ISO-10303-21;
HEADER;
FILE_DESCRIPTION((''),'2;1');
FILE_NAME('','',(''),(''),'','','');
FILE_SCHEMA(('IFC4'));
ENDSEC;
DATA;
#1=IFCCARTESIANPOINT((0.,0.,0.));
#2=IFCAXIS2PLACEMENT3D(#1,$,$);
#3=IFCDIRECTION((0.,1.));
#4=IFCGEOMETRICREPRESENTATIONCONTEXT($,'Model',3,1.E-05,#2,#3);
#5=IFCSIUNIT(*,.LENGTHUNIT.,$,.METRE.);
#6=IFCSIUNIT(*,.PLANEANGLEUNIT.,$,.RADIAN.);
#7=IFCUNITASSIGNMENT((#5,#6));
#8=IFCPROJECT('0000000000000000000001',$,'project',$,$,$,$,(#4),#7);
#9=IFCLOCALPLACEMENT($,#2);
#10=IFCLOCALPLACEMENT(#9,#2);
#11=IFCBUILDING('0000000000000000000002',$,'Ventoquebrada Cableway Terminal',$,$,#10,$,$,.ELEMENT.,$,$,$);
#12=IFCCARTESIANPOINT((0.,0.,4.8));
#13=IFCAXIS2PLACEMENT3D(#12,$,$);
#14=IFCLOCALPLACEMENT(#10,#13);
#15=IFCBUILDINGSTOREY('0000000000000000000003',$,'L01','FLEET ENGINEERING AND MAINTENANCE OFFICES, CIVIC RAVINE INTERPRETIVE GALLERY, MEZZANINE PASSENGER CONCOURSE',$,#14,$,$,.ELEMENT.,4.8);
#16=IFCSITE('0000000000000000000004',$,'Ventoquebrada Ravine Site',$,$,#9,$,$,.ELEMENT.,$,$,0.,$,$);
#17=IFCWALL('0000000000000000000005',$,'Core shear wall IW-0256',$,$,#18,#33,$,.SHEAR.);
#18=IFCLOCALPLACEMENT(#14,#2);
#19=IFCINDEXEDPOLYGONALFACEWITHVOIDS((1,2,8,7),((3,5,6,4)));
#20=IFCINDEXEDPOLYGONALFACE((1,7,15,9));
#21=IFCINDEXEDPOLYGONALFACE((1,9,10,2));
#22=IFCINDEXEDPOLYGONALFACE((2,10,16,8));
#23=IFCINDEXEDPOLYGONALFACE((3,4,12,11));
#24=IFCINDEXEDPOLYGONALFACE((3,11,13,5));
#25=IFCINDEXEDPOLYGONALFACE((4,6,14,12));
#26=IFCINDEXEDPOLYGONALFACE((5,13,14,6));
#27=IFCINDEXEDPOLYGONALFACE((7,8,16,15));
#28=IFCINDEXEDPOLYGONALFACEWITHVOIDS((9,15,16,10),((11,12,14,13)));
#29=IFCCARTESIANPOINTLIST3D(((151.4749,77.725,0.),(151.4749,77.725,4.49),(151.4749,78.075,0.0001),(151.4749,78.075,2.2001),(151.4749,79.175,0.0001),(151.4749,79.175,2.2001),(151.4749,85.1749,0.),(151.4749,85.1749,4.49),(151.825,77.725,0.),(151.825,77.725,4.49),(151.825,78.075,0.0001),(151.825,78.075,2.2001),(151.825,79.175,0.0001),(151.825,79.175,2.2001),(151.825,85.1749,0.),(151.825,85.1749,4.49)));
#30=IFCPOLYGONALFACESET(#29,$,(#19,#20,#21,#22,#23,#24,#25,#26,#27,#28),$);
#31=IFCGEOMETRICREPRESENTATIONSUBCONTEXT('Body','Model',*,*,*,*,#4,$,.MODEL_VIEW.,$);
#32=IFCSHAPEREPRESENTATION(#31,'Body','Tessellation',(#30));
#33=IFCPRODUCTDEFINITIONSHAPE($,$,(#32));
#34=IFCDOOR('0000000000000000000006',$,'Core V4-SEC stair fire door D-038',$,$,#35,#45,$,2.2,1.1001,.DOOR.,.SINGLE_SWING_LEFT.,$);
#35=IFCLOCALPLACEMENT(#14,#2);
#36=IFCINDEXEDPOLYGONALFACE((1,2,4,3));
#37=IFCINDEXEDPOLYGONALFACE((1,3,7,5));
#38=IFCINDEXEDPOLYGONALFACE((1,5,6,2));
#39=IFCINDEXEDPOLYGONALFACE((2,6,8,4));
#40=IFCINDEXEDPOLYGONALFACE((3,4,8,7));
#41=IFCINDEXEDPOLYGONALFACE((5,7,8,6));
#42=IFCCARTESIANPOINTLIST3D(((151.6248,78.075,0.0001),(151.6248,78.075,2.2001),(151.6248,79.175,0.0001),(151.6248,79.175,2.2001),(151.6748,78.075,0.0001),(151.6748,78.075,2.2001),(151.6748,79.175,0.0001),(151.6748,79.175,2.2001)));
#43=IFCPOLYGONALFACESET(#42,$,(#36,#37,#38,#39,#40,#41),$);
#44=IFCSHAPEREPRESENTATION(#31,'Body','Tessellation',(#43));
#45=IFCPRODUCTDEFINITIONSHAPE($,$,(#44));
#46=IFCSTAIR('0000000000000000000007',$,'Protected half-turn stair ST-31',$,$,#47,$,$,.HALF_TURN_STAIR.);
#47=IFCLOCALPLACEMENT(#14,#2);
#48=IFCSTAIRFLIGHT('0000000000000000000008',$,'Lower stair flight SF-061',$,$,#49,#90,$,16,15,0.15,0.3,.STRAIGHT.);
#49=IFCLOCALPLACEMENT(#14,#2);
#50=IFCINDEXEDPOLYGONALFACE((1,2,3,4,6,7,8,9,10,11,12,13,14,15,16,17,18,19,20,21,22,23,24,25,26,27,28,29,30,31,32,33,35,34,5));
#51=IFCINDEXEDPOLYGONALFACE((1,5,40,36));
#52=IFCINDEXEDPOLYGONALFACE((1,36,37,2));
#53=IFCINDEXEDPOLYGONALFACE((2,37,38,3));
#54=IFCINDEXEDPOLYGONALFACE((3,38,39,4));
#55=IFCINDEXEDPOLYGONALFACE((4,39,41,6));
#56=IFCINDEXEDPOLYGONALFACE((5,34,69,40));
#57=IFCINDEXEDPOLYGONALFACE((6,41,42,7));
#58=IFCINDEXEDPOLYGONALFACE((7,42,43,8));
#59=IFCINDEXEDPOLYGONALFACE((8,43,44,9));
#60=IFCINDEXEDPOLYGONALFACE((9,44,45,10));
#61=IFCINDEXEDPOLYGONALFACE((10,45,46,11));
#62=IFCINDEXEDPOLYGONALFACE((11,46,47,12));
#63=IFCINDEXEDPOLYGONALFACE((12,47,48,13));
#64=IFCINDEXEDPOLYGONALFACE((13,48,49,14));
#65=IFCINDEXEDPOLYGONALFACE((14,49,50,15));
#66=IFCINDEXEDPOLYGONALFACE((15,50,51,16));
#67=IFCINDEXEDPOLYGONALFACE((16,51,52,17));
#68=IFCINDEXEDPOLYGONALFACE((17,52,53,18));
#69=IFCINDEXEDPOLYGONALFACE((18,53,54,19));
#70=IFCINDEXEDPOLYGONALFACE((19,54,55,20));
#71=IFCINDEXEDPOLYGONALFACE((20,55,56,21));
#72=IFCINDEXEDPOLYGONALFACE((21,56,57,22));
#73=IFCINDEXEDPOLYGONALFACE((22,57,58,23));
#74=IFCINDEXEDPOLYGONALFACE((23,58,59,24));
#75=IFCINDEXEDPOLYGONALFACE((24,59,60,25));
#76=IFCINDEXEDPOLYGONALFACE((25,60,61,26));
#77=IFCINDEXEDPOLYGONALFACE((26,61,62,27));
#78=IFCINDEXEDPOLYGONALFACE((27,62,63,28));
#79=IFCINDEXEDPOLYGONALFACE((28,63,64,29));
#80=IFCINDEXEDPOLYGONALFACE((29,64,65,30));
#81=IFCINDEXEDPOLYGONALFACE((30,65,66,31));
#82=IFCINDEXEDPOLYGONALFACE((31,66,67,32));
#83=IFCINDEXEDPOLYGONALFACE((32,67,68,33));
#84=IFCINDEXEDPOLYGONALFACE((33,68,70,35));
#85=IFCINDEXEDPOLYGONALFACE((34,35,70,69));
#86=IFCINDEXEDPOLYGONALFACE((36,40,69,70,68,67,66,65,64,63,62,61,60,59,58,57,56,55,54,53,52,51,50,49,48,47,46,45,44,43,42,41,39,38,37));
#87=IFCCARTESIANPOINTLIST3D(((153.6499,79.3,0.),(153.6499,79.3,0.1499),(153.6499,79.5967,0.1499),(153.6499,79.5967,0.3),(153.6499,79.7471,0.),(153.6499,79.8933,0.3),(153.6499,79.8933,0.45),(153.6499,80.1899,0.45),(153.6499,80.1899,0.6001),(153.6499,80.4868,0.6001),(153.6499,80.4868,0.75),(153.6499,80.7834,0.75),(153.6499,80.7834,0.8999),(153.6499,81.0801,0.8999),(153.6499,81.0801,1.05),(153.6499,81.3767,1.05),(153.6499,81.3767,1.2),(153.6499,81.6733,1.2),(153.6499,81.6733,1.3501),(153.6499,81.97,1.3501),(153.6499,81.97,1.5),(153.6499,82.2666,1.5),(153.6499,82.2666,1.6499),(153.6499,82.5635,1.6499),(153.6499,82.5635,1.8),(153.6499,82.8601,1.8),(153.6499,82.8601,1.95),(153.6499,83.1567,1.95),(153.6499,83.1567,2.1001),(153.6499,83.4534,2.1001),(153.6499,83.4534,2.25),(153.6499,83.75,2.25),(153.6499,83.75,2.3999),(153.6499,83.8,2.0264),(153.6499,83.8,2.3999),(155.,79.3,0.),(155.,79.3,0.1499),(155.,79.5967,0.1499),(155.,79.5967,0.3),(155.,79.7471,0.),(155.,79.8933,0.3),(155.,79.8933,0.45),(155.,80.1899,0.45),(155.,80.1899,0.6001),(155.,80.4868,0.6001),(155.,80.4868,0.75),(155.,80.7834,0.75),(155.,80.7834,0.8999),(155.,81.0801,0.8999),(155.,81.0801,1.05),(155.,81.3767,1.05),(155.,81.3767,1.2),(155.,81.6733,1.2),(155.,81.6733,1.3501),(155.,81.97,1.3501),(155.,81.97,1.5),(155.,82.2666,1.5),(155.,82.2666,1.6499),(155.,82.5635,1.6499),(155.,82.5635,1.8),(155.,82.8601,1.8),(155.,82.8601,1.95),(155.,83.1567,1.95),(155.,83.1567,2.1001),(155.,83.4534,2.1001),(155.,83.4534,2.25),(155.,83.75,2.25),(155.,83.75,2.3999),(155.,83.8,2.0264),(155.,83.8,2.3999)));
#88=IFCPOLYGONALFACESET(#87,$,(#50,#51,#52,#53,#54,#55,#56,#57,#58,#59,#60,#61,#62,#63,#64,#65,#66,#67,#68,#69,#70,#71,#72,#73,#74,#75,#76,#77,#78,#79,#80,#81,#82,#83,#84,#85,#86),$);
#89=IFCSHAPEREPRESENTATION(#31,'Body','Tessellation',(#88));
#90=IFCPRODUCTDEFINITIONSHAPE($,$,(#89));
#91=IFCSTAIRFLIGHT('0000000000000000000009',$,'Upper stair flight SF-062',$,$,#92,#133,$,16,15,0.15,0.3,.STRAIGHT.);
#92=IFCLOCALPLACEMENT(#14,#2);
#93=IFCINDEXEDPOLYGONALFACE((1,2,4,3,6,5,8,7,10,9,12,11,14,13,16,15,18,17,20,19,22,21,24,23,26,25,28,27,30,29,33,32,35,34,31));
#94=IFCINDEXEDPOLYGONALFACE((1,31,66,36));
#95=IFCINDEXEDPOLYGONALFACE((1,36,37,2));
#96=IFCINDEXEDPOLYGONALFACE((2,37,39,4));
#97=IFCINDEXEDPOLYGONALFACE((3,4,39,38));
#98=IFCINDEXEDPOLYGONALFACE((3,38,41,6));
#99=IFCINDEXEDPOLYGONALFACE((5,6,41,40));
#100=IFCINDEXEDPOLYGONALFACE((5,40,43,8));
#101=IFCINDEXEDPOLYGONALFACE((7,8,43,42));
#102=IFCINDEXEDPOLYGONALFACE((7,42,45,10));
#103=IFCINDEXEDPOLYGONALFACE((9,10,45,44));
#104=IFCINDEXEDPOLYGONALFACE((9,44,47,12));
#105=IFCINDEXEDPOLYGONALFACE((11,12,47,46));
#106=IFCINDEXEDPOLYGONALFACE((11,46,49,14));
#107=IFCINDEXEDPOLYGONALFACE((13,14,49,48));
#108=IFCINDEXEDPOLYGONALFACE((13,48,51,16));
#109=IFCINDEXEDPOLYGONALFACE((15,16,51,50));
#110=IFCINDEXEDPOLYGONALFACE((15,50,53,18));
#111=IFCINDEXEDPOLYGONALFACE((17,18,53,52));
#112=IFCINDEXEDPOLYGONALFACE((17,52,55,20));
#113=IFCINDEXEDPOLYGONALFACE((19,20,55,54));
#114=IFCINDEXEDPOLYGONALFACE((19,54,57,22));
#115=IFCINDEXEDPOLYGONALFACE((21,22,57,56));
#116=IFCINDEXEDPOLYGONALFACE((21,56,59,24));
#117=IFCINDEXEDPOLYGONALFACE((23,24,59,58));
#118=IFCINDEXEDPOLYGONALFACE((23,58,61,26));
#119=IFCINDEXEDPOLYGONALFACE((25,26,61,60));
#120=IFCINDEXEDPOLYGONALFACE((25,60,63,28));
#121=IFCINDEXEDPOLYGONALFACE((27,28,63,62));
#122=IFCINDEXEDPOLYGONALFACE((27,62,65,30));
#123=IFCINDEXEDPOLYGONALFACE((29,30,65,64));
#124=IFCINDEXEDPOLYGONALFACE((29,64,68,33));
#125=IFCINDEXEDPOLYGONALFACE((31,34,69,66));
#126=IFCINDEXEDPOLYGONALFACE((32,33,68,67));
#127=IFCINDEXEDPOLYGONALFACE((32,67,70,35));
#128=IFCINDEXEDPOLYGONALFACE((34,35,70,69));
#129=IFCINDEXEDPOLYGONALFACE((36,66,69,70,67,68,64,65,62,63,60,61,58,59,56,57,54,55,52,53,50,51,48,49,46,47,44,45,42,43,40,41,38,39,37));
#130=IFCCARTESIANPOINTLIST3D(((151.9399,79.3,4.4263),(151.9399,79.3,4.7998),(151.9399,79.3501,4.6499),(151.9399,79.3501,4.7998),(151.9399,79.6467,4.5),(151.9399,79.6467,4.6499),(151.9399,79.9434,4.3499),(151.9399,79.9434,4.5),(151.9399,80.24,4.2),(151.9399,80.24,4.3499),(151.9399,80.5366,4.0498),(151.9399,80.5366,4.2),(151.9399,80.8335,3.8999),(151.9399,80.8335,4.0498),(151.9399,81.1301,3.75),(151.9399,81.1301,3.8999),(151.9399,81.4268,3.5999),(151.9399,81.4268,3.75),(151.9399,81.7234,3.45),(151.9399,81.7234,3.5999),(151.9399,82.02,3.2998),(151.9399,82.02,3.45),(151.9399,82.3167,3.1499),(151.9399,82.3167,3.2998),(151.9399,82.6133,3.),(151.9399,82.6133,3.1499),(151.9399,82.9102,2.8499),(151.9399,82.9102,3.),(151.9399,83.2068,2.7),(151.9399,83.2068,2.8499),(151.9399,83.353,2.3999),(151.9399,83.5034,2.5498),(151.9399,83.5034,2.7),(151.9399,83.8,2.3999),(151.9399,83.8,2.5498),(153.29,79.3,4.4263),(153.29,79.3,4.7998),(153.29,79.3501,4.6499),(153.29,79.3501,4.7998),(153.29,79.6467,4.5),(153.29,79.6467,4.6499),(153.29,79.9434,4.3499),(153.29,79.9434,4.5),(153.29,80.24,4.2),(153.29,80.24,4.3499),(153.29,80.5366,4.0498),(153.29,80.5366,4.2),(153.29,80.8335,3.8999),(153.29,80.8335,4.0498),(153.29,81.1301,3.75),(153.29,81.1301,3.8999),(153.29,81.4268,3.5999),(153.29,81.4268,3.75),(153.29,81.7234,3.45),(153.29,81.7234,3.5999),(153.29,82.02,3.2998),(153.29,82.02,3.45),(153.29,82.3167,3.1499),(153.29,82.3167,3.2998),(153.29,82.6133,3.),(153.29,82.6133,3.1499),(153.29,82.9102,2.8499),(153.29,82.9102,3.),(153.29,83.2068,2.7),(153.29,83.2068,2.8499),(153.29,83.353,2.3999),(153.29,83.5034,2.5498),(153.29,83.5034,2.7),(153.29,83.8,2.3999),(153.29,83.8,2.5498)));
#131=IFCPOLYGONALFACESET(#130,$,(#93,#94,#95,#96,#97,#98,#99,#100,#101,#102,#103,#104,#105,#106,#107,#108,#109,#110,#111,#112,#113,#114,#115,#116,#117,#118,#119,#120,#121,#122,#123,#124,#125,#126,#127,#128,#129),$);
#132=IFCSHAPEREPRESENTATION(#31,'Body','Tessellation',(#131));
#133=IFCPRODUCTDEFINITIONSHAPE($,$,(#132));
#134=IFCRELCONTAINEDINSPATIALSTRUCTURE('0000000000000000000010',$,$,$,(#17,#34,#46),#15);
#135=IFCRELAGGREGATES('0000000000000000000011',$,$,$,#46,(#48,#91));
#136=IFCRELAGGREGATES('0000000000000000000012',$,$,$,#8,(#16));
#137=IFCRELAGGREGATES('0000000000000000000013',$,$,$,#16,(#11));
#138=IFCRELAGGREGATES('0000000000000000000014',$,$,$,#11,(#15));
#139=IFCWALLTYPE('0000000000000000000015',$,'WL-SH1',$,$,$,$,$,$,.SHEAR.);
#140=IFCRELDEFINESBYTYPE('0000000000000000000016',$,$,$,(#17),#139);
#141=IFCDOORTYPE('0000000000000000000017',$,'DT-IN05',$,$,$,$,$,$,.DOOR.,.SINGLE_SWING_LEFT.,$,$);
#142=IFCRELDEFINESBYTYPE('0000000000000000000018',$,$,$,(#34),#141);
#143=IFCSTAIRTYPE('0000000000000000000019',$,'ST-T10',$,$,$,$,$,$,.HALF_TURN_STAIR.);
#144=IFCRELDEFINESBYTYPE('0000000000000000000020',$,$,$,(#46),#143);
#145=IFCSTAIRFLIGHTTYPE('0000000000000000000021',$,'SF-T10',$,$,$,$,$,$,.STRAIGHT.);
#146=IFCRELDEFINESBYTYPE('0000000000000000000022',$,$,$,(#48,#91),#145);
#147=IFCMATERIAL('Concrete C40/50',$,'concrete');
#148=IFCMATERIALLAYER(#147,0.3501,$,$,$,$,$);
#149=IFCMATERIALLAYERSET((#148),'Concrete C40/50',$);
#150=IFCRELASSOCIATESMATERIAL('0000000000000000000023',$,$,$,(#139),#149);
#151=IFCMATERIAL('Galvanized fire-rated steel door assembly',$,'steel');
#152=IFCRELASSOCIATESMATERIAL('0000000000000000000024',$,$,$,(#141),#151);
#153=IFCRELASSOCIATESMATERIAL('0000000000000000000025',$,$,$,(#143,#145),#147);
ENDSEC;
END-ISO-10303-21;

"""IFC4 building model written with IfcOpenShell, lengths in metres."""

from ifc_helpers import new_model, si_unit, direction, frame, frame_2d, origin, place, context, subcontext, project, spatial, polyline, rectangle, outline, extrude, material, layer, layer_set, type_object, element, fill, aggregate, save


model = new_model("IFC4")

# Units and contexts
model_context = context("Model", 3, precision=1e-05, world=origin(), true_north=direction((0.0, 1.0)))
body_context = subcontext(model_context, "Body", "Model", "MODEL_VIEW")
ifc_project = project(units=[si_unit("LENGTHUNIT", "METRE"), si_unit("PLANEANGLEUNIT", "RADIAN")], contexts=[model_context])

# Site, building, storey
site_placement = place(None, origin())
site = spatial("IfcSite", under=ifc_project, at=site_placement, Name="Ventoquebrada Ravine Site", CompositionType="ELEMENT", RefElevation=0.0)
building_placement = place(site_placement, origin())
building = spatial("IfcBuilding", under=site, at=building_placement, Name="Ventoquebrada Cableway Terminal", CompositionType="ELEMENT")
storey_placement = place(building_placement, frame((0.0, 0.0, 4.8)))
storey = spatial("IfcBuildingStorey", under=building, at=storey_placement, Name="L01", Description="FLEET ENGINEERING AND MAINTENANCE OFFICES, CIVIC RAVINE INTERPRETIVE GALLERY, MEZZANINE PASSENGER CONCOURSE", CompositionType="ELEMENT", Elevation=4.8)

# Shared definitions
ifc_material_1 = material(Name="Concrete C40/50", Category="concrete")
ifc_layer_1 = layer(ifc_material_1, 0.3501)
ifc_layer_set_1 = layer_set([ifc_layer_1], Name="Concrete C40/50")
wall_type_1 = type_object("IfcWallType", Name="WL-SH1", PredefinedType="SHEAR", material=ifc_layer_set_1)

# Wall, opening, door
wall_1_placement = place(storey_placement, frame((151.6499, 85.175, 0.0), z_axis=(0.0, 0.0, 1.0), x_axis=(0.0, -1.0, 0.0)))
wall_1 = element("IfcWall", 1, at=wall_1_placement, inside=storey, type_object=wall_type_1, Name="Core shear wall IW-0256", PredefinedType="SHEAR", context=body_context, shape_type="SweptSolid", body=[
    extrude(rectangle(XDim=7.45, YDim=0.3501, at=frame_2d((3.7251, 0.0))), origin(), (0.0, 0.0, 1.0), 4.49),
])
opening_1_placement = place(wall_1_placement, frame((6.0, 0.0, 0.0)))
opening_1 = element("IfcOpeningElement", 2, at=opening_1_placement, cuts=wall_1, PredefinedType="OPENING", context=body_context, shape_type="SweptSolid", body=[
    extrude(rectangle(XDim=1.1001, YDim=2.2, at=frame_2d((0.55, 1.1001))), frame((0.0, 0.1851, 0.0), z_axis=(0.0, -1.0, 0.0), x_axis=(1.0, 0.0, 0.0)), (0.0, 0.0, 1.0), 0.3701),
])
ifc_material_2 = material(Name="Galvanized fire-rated steel door assembly", Category="steel")
door_type_1 = type_object("IfcDoorType", Name="DT-IN05", OperationType="SINGLE_SWING_LEFT", PredefinedType="DOOR", material=ifc_material_2)
door_1_placement = place(opening_1_placement, origin())
door_1 = element("IfcDoor", 3, at=door_1_placement, inside=storey, type_object=door_type_1, Name="Core V4-SEC stair fire door D-038", OperationType="SINGLE_SWING_LEFT", OverallHeight=2.2, OverallWidth=1.1001, PredefinedType="DOOR", context=body_context, shape_type="SweptSolid", body=[
    extrude(rectangle(XDim=1.1001, YDim=2.2, at=frame_2d((0.55, 1.1001))), frame((0.0, 0.0249, 0.0), z_axis=(0.0, -1.0, 0.0), x_axis=(1.0, 0.0, 0.0)), (0.0, 0.0, 1.0), 0.05),
])
fill(opening_1, door_1)

# Stair, stair flights
stair_type = type_object("IfcStairType", Name="ST-T10", PredefinedType="HALF_TURN_STAIR", material=ifc_material_1)
stair_placement = place(storey_placement, origin())
stair = element("IfcStair", 4, at=stair_placement, inside=storey, type_object=stair_type, Name="Protected half-turn stair ST-31", PredefinedType="HALF_TURN_STAIR")
stair_flight_type = type_object("IfcStairFlightType", Name="SF-T10", PredefinedType="STRAIGHT", material=ifc_material_1)
stair_flight_1_placement = place(storey_placement, frame((154.325, 79.3, 0.0), z_axis=(0.0, 0.0, 1.0), x_axis=(0.0, 1.0, 0.0)))
stair_flight_1 = element("IfcStairFlight", 5, at=stair_flight_1_placement, type_object=stair_flight_type, Name="Lower stair flight SF-061", NumberOfRisers=16, NumberOfTreads=15, PredefinedType="STRAIGHT", RiserHeight=0.15, TreadLength=0.3, context=body_context, shape_type="SweptSolid", body=[
    extrude(outline(polyline([(0.0, 0.0), (0.0, 0.1499), (0.2966, 0.1499), (0.2966, 0.3), (0.5933, 0.3), (0.5933, 0.45), (0.8899, 0.45), (0.8899, 0.6001), (1.1868, 0.6001), (1.1868, 0.75), (1.4834, 0.75), (1.4834, 0.8999), (1.78, 0.8999), (1.78, 1.05), (2.0767, 1.05), (2.0767, 1.2), (2.3733, 1.2), (2.3733, 1.3501), (2.6699, 1.3501), (2.6699, 1.5), (2.9666, 1.5), (2.9666, 1.6499), (3.2634, 1.6499), (3.2634, 1.8), (3.5601, 1.8), (3.5601, 1.95), (3.8567, 1.95), (3.8567, 2.1001), (4.1533, 2.1001), (4.1533, 2.25), (4.45, 2.25), (4.45, 2.3999), (4.5, 2.3999), (4.5, 2.0264), (0.447, 0.0), (0.0, 0.0)])), frame((0.0, 0.675, 0.0), z_axis=(0.0, -1.0, 0.0), x_axis=(1.0, 0.0, 0.0)), (0.0, 0.0, 1.0), 1.3501),
])
stair_flight_2_placement = place(storey_placement, frame((152.615, 83.8, 2.3999), z_axis=(0.0, 0.0, 1.0), x_axis=(0.0, -1.0, 0.0)))
stair_flight_2 = element("IfcStairFlight", 6, at=stair_flight_2_placement, type_object=stair_flight_type, Name="Upper stair flight SF-062", NumberOfRisers=16, NumberOfTreads=15, PredefinedType="STRAIGHT", RiserHeight=0.15, TreadLength=0.3, context=body_context, shape_type="SweptSolid", body=[
    extrude(outline(polyline([(0.0, 0.0), (0.0, 0.1499), (0.2966, 0.1499), (0.2966, 0.3), (0.5933, 0.3), (0.5933, 0.45), (0.8899, 0.45), (0.8899, 0.6001), (1.1868, 0.6001), (1.1868, 0.75), (1.4834, 0.75), (1.4834, 0.8999), (1.78, 0.8999), (1.78, 1.05), (2.0767, 1.05), (2.0767, 1.2), (2.3733, 1.2), (2.3733, 1.3501), (2.6699, 1.3501), (2.6699, 1.5), (2.9666, 1.5), (2.9666, 1.6499), (3.2634, 1.6499), (3.2634, 1.8), (3.5601, 1.8), (3.5601, 1.95), (3.8567, 1.95), (3.8567, 2.1001), (4.1533, 2.1001), (4.1533, 2.25), (4.45, 2.25), (4.45, 2.3999), (4.5, 2.3999), (4.5, 2.0264), (0.447, 0.0), (0.0, 0.0)])), frame((0.0, 0.675, 0.0), z_axis=(0.0, -1.0, 0.0), x_axis=(1.0, 0.0, 0.0)), (0.0, 0.0, 1.0), 1.3501),
])
aggregate(stair, [stair_flight_1, stair_flight_2])

save(model, "model.ifc")
